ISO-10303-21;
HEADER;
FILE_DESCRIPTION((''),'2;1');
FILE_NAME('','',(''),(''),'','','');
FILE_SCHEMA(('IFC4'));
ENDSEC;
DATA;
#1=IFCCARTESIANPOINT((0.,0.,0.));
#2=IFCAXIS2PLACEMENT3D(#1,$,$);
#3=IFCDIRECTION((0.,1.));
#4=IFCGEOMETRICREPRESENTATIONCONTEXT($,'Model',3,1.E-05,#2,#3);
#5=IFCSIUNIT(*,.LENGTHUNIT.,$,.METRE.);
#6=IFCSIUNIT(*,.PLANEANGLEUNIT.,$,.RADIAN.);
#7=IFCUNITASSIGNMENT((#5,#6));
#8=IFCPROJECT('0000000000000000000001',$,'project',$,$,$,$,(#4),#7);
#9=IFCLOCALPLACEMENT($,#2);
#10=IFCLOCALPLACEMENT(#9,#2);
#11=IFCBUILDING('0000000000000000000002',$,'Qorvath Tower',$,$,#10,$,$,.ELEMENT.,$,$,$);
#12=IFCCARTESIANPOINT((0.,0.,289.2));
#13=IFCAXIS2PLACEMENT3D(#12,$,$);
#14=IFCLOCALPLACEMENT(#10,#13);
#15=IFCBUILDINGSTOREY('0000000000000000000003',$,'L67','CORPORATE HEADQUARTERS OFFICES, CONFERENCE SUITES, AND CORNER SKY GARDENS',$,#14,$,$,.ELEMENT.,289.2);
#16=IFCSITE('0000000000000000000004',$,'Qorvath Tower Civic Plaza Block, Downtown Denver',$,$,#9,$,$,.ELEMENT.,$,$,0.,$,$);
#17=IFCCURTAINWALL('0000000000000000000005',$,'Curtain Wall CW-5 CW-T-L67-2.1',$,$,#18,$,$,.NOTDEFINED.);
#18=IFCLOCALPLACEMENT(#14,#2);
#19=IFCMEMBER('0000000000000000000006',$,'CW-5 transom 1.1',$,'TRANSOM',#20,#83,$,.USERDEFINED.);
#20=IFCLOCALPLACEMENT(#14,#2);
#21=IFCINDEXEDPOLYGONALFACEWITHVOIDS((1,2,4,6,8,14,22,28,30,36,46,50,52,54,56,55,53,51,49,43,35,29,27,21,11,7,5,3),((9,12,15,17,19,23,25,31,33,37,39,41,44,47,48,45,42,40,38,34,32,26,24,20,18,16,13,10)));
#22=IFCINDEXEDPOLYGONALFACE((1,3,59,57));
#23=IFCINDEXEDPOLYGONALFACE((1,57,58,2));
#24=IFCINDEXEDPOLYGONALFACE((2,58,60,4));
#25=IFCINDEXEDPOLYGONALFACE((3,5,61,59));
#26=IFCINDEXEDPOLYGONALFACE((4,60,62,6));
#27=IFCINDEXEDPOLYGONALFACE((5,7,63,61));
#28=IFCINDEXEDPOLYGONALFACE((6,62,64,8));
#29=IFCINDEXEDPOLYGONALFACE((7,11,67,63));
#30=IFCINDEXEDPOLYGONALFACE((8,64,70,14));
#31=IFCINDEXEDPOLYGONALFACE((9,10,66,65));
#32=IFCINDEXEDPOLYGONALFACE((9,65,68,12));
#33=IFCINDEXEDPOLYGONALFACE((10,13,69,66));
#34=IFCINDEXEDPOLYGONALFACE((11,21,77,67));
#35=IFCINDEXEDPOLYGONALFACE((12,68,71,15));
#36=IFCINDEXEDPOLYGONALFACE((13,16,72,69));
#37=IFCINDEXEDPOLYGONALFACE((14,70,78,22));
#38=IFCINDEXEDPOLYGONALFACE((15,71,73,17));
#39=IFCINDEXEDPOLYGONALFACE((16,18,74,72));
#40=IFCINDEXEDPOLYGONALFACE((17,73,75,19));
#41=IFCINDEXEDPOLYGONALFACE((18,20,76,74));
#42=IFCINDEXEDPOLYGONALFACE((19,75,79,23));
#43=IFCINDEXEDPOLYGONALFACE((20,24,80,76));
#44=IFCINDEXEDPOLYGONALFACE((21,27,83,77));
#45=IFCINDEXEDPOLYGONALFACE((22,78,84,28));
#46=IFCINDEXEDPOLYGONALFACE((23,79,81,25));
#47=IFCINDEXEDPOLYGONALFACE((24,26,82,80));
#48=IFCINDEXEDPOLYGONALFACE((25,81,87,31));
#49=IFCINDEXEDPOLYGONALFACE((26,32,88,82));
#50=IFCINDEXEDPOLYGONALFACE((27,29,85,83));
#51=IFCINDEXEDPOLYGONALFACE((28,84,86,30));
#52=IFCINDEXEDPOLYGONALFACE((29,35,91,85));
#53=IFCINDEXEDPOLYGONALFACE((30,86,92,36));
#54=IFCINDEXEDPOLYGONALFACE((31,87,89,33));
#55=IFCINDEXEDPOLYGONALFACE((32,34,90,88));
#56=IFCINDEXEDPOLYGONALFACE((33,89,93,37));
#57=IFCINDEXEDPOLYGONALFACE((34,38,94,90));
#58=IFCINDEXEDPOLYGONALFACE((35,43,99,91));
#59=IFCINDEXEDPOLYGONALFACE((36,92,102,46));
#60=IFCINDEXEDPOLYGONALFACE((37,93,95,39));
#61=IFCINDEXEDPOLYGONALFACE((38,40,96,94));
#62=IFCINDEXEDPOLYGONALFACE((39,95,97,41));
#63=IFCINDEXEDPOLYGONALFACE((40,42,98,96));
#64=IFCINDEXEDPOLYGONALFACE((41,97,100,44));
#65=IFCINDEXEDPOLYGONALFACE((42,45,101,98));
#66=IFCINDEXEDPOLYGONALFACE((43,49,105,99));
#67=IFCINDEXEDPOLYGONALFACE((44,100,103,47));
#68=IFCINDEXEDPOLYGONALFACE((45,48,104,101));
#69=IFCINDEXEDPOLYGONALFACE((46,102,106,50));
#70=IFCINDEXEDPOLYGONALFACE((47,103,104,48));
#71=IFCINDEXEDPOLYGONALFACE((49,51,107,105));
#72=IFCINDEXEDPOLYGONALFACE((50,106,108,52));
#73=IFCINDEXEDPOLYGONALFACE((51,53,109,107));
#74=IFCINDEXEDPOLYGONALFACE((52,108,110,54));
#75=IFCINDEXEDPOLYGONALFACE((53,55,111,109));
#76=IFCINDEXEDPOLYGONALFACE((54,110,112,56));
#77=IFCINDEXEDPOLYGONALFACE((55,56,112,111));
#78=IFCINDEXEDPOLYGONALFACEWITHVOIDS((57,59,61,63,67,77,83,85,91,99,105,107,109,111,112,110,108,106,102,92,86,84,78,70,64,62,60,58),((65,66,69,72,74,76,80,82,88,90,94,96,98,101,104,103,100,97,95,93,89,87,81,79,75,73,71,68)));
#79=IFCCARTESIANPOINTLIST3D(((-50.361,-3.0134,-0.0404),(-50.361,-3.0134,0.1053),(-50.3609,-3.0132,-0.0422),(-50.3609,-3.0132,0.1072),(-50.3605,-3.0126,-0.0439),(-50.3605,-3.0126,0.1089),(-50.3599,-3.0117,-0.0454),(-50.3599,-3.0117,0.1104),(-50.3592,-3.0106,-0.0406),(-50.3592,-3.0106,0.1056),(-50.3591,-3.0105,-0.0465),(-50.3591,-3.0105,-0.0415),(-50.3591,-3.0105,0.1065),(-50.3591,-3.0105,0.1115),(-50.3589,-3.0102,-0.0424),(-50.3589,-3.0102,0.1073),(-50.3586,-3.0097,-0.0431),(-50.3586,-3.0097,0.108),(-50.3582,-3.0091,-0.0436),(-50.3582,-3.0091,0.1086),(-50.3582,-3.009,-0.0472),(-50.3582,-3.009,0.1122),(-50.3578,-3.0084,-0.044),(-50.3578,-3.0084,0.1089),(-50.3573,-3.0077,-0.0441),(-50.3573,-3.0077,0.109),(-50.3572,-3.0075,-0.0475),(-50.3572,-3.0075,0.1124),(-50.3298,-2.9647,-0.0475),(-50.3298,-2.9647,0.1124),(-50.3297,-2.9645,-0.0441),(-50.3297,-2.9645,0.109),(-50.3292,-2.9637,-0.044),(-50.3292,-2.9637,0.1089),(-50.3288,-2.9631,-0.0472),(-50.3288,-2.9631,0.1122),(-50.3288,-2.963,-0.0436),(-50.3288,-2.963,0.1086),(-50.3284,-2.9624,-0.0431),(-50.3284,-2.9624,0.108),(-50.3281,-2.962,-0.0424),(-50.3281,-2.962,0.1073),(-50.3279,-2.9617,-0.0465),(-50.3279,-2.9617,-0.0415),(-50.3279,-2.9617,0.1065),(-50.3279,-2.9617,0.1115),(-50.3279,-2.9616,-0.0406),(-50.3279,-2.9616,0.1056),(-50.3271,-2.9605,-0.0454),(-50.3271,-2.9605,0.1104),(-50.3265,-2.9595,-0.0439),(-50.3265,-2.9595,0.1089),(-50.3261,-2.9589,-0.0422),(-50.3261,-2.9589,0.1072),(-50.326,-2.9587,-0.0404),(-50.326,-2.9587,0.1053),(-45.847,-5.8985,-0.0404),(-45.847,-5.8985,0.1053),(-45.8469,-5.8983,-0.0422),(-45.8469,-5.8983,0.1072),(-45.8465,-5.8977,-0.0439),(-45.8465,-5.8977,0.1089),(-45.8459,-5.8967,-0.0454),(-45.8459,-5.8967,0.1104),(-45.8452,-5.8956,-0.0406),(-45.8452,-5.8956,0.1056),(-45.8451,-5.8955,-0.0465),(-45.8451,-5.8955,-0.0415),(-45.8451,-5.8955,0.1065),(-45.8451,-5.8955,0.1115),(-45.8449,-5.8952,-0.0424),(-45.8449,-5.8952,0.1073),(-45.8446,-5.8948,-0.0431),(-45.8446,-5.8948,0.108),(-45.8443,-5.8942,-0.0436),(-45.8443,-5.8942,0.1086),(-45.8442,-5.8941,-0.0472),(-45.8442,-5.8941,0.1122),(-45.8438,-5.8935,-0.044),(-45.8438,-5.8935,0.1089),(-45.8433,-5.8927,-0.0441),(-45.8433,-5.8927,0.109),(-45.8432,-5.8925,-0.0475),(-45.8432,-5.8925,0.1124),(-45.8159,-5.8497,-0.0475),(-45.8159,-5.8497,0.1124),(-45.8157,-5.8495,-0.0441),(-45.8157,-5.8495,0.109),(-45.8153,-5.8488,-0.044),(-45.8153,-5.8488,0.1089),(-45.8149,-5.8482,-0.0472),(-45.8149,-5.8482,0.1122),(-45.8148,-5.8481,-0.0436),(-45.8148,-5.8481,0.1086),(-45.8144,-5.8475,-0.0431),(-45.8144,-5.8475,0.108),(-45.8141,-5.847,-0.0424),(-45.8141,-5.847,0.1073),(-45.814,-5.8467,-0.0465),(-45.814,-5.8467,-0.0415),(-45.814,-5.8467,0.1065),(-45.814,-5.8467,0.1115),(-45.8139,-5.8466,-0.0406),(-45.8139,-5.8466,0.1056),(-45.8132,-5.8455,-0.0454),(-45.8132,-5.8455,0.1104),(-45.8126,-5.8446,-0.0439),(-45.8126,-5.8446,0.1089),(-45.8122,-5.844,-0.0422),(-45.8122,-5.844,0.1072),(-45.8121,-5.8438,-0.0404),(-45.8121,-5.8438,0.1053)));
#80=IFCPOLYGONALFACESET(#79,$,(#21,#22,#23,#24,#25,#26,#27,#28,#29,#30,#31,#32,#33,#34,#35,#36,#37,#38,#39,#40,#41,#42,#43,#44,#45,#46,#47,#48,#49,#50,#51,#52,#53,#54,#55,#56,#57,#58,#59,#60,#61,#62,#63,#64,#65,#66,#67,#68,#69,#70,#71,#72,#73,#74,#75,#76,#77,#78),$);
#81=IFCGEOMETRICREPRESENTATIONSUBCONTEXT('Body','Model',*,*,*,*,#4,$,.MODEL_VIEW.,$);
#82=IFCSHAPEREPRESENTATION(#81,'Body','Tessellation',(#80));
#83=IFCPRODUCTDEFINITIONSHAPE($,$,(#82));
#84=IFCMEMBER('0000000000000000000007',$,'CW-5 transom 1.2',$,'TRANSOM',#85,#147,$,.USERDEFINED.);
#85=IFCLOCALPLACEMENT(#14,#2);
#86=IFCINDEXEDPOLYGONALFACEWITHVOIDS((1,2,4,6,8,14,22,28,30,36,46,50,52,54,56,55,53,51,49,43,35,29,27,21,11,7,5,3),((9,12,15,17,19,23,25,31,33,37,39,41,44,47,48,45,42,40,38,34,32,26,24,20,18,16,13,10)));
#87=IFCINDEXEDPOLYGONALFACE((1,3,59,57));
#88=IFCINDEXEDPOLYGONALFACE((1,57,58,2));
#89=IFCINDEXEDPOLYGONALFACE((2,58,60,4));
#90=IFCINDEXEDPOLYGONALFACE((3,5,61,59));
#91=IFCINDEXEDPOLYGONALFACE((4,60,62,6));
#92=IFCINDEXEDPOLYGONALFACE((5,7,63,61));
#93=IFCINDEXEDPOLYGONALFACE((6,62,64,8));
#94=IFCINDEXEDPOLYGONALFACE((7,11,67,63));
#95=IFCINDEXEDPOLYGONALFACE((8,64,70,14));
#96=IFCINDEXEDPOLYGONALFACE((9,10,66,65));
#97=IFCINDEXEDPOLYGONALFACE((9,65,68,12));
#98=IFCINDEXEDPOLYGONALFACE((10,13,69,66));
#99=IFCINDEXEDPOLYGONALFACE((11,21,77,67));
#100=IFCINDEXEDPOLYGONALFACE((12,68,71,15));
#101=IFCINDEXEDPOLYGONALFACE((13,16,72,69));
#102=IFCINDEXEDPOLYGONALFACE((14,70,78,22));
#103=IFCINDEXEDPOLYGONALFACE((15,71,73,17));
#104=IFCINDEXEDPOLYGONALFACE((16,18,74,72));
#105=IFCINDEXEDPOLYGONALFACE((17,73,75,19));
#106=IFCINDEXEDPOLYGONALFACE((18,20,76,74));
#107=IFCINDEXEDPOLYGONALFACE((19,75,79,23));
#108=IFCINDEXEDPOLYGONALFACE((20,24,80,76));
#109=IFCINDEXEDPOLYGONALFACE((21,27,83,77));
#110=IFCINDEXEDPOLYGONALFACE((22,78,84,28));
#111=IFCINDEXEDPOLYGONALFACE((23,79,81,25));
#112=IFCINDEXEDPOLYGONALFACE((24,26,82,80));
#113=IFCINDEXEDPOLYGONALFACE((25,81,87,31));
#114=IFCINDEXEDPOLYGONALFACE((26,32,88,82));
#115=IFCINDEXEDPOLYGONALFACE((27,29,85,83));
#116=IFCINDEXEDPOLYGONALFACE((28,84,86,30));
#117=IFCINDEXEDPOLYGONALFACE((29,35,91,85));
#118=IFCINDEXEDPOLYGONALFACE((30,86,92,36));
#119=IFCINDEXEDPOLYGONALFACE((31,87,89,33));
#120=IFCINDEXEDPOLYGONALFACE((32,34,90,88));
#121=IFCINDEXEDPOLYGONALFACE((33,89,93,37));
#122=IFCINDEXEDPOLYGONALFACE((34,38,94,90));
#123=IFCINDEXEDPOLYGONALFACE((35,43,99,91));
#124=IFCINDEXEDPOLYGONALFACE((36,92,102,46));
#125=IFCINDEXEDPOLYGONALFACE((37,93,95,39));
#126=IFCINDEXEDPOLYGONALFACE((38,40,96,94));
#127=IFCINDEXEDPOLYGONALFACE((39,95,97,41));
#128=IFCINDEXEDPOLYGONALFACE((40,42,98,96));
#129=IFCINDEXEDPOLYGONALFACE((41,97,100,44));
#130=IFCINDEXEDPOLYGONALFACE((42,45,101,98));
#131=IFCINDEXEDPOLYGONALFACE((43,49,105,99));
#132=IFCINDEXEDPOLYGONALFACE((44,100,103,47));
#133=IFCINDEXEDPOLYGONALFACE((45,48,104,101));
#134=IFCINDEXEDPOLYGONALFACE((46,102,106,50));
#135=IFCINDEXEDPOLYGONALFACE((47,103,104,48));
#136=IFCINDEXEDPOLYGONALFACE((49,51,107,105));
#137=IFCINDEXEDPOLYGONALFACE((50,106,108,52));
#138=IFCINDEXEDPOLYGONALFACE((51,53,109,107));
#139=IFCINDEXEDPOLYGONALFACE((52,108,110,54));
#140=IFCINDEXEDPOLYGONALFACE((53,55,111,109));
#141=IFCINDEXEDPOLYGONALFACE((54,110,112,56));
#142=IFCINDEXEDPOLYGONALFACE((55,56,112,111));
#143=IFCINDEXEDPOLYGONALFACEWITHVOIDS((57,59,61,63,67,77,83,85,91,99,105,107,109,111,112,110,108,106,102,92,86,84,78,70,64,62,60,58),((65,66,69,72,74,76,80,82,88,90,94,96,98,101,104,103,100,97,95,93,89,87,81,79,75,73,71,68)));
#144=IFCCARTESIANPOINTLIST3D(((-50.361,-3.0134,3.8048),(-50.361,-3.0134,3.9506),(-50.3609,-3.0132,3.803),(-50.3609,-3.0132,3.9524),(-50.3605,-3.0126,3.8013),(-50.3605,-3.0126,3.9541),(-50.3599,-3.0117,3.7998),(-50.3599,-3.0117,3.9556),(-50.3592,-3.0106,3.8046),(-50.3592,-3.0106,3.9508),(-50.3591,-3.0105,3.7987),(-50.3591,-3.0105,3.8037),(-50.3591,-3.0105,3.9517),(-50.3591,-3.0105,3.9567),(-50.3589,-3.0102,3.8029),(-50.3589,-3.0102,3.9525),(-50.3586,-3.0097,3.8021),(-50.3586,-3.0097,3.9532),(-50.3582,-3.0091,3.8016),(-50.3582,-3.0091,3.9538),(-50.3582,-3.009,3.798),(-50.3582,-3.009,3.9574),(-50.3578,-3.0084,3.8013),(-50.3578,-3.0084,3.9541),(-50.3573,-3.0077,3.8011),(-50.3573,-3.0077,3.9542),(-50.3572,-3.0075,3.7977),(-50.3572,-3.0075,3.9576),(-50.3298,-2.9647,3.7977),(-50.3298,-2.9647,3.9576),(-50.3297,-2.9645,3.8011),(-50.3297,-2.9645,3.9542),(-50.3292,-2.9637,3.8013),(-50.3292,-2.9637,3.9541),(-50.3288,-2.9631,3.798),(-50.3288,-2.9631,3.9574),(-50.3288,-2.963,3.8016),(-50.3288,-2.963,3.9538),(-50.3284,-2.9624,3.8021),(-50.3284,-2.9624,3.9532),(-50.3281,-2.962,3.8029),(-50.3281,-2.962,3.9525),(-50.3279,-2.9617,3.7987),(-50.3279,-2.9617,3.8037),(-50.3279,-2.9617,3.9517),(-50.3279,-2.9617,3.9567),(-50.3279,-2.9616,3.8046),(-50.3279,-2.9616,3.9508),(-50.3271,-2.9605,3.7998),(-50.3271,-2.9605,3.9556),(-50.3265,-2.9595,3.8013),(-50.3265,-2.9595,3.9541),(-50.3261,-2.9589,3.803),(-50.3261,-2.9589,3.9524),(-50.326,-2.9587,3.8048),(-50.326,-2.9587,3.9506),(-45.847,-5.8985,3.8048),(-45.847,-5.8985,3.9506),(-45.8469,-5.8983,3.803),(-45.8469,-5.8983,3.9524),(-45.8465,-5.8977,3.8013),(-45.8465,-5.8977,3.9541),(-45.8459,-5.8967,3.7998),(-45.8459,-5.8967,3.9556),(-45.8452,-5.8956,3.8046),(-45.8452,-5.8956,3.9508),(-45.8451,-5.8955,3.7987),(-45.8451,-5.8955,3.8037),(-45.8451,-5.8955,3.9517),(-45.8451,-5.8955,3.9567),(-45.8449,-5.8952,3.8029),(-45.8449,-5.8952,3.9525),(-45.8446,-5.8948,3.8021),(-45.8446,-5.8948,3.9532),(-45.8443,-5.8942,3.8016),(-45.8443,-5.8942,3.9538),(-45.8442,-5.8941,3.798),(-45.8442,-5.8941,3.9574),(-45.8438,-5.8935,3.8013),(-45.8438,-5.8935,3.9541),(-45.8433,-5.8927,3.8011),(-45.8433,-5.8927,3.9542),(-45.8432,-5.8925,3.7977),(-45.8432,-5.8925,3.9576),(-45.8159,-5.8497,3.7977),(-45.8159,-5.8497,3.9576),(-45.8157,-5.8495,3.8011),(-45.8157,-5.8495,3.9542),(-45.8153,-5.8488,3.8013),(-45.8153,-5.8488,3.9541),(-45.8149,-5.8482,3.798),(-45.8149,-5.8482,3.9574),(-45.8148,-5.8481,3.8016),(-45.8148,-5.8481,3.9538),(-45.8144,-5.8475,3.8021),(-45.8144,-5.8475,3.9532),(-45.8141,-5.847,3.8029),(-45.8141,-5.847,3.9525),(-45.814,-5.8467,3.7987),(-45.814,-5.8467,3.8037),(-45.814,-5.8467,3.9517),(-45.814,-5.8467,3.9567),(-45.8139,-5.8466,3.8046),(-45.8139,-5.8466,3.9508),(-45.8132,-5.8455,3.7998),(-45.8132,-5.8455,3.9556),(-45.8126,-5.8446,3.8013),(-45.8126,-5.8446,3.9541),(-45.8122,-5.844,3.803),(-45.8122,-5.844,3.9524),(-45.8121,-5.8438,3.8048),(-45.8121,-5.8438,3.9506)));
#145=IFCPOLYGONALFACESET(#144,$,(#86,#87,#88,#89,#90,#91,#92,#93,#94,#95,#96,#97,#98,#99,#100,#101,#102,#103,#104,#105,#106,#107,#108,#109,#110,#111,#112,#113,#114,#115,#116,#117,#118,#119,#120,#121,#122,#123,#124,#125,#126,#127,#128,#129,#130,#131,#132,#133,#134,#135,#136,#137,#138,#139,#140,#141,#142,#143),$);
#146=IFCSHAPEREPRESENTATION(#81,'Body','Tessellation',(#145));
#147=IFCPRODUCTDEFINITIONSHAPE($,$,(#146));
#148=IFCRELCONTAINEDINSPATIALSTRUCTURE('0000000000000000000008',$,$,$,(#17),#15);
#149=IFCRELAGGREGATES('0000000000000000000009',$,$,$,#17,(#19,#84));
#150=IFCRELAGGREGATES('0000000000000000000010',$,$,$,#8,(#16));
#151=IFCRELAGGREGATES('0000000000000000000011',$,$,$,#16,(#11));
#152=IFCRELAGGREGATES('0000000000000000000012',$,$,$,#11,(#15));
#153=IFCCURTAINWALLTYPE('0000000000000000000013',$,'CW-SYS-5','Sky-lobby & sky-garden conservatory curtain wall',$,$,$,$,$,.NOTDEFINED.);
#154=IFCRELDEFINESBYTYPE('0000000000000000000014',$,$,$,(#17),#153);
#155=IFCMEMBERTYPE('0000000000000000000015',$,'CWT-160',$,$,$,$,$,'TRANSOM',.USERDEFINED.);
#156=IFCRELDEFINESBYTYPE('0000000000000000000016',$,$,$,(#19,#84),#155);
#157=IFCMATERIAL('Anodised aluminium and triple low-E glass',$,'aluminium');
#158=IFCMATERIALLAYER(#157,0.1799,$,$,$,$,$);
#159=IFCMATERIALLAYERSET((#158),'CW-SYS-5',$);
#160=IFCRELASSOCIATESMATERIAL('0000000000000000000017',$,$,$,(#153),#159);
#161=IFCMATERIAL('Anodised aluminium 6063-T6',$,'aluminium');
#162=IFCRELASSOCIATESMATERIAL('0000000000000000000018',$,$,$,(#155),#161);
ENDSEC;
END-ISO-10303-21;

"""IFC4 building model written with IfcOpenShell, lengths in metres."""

from ifc_helpers import new_model, si_unit, direction, frame, origin, origin_2d, place, context, subcontext, project, spatial, hollow_rectangle, extrude, material, layer, layer_set, material_profile, profile_set, type_object, element, aggregate, save


model = new_model("IFC4")

# Units and contexts
model_context = context("Model", 3, precision=1e-05, world=origin(), true_north=direction((0.0, 1.0)))
body_context = subcontext(model_context, "Body", "Model", "MODEL_VIEW")
ifc_project = project(units=[si_unit("LENGTHUNIT", "METRE"), si_unit("PLANEANGLEUNIT", "RADIAN")], contexts=[model_context])

# Site, building, storey
site_placement = place(None, origin())
site = spatial("IfcSite", under=ifc_project, at=site_placement, Name="Qorvath Tower Civic Plaza Block, Downtown Denver", CompositionType="ELEMENT", RefElevation=0.0)
building_placement = place(site_placement, origin())
building = spatial("IfcBuilding", under=site, at=building_placement, Name="Qorvath Tower", CompositionType="ELEMENT")
storey_placement = place(building_placement, frame((0.0, 0.0, 289.2)))
storey = spatial("IfcBuildingStorey", under=building, at=storey_placement, Name="L67", Description="CORPORATE HEADQUARTERS OFFICES, CONFERENCE SUITES, AND CORNER SKY GARDENS", CompositionType="ELEMENT", Elevation=289.2)

# Curtain wall, members
ifc_material_1 = material(Name="Anodised aluminium and triple low-E glass", Category="aluminium")
ifc_layer_1 = layer(ifc_material_1, 0.1799)
ifc_layer_set_1 = layer_set([ifc_layer_1], Name="CW-SYS-5")
curtain_wall_type = type_object("IfcCurtainWallType", Name="CW-SYS-5", Description="Sky-lobby & sky-garden conservatory curtain wall", PredefinedType="NOTDEFINED", material=ifc_layer_set_1)
curtain_wall_placement = place(storey_placement, origin())
curtain_wall = element("IfcCurtainWall", 1, at=curtain_wall_placement, inside=storey, type_object=curtain_wall_type, Name="Curtain Wall CW-5 CW-T-L67-2.1", PredefinedType="NOTDEFINED")
ifc_material_2 = material(Name="Anodised aluminium 6063-T6", Category="aluminium")
ifc_material_profile_1 = material_profile(ifc_material_2, hollow_rectangle(XDim=0.0649, YDim=0.1599, WallThickness=0.0034, InnerFilletRadius=0.0034, OuterFilletRadius=0.0071, at=origin_2d()), Name="CWT 160x65")
ifc_profile_set_1 = profile_set([ifc_material_profile_1], Name="Anodised aluminium 6063-T6")
member_type_1 = type_object("IfcMemberType", Name="CWT-160", ElementType="TRANSOM", PredefinedType="USERDEFINED", material=ifc_profile_set_1)
member_1_placement = place(storey_placement, frame((-50.3435, -2.9861, 0.0325), z_axis=(0.842601, -0.538538, 0.0), x_axis=(0.538538, 0.842601, 0.0)))
member_1 = element("IfcMember", 2, at=member_1_placement, type_object=member_type_1, Name="CW-5 transom 1.1", ObjectType="TRANSOM", PredefinedType="USERDEFINED", context=body_context, shape_type="SweptSolid", body=[
    extrude(hollow_rectangle(XDim=0.0649, YDim=0.1599, WallThickness=0.0034, InnerFilletRadius=0.0034, OuterFilletRadius=0.0071, at=origin_2d()), origin(), (0.0, 0.0, 1.0), 5.3572),
])
member_2_placement = place(storey_placement, frame((-50.3435, -2.9861, 3.8777), z_axis=(0.842601, -0.538538, 0.0), x_axis=(0.538538, 0.842601, 0.0)))
member_2 = element("IfcMember", 3, at=member_2_placement, type_object=member_type_1, Name="CW-5 transom 1.2", ObjectType="TRANSOM", PredefinedType="USERDEFINED", context=body_context, shape_type="SweptSolid", body=[
    extrude(hollow_rectangle(XDim=0.0649, YDim=0.1599, WallThickness=0.0034, InnerFilletRadius=0.0034, OuterFilletRadius=0.0071, at=origin_2d()), origin(), (0.0, 0.0, 1.0), 5.3572),
])

aggregate(curtain_wall, [member_1, member_2])

save(model, "model.ifc")
